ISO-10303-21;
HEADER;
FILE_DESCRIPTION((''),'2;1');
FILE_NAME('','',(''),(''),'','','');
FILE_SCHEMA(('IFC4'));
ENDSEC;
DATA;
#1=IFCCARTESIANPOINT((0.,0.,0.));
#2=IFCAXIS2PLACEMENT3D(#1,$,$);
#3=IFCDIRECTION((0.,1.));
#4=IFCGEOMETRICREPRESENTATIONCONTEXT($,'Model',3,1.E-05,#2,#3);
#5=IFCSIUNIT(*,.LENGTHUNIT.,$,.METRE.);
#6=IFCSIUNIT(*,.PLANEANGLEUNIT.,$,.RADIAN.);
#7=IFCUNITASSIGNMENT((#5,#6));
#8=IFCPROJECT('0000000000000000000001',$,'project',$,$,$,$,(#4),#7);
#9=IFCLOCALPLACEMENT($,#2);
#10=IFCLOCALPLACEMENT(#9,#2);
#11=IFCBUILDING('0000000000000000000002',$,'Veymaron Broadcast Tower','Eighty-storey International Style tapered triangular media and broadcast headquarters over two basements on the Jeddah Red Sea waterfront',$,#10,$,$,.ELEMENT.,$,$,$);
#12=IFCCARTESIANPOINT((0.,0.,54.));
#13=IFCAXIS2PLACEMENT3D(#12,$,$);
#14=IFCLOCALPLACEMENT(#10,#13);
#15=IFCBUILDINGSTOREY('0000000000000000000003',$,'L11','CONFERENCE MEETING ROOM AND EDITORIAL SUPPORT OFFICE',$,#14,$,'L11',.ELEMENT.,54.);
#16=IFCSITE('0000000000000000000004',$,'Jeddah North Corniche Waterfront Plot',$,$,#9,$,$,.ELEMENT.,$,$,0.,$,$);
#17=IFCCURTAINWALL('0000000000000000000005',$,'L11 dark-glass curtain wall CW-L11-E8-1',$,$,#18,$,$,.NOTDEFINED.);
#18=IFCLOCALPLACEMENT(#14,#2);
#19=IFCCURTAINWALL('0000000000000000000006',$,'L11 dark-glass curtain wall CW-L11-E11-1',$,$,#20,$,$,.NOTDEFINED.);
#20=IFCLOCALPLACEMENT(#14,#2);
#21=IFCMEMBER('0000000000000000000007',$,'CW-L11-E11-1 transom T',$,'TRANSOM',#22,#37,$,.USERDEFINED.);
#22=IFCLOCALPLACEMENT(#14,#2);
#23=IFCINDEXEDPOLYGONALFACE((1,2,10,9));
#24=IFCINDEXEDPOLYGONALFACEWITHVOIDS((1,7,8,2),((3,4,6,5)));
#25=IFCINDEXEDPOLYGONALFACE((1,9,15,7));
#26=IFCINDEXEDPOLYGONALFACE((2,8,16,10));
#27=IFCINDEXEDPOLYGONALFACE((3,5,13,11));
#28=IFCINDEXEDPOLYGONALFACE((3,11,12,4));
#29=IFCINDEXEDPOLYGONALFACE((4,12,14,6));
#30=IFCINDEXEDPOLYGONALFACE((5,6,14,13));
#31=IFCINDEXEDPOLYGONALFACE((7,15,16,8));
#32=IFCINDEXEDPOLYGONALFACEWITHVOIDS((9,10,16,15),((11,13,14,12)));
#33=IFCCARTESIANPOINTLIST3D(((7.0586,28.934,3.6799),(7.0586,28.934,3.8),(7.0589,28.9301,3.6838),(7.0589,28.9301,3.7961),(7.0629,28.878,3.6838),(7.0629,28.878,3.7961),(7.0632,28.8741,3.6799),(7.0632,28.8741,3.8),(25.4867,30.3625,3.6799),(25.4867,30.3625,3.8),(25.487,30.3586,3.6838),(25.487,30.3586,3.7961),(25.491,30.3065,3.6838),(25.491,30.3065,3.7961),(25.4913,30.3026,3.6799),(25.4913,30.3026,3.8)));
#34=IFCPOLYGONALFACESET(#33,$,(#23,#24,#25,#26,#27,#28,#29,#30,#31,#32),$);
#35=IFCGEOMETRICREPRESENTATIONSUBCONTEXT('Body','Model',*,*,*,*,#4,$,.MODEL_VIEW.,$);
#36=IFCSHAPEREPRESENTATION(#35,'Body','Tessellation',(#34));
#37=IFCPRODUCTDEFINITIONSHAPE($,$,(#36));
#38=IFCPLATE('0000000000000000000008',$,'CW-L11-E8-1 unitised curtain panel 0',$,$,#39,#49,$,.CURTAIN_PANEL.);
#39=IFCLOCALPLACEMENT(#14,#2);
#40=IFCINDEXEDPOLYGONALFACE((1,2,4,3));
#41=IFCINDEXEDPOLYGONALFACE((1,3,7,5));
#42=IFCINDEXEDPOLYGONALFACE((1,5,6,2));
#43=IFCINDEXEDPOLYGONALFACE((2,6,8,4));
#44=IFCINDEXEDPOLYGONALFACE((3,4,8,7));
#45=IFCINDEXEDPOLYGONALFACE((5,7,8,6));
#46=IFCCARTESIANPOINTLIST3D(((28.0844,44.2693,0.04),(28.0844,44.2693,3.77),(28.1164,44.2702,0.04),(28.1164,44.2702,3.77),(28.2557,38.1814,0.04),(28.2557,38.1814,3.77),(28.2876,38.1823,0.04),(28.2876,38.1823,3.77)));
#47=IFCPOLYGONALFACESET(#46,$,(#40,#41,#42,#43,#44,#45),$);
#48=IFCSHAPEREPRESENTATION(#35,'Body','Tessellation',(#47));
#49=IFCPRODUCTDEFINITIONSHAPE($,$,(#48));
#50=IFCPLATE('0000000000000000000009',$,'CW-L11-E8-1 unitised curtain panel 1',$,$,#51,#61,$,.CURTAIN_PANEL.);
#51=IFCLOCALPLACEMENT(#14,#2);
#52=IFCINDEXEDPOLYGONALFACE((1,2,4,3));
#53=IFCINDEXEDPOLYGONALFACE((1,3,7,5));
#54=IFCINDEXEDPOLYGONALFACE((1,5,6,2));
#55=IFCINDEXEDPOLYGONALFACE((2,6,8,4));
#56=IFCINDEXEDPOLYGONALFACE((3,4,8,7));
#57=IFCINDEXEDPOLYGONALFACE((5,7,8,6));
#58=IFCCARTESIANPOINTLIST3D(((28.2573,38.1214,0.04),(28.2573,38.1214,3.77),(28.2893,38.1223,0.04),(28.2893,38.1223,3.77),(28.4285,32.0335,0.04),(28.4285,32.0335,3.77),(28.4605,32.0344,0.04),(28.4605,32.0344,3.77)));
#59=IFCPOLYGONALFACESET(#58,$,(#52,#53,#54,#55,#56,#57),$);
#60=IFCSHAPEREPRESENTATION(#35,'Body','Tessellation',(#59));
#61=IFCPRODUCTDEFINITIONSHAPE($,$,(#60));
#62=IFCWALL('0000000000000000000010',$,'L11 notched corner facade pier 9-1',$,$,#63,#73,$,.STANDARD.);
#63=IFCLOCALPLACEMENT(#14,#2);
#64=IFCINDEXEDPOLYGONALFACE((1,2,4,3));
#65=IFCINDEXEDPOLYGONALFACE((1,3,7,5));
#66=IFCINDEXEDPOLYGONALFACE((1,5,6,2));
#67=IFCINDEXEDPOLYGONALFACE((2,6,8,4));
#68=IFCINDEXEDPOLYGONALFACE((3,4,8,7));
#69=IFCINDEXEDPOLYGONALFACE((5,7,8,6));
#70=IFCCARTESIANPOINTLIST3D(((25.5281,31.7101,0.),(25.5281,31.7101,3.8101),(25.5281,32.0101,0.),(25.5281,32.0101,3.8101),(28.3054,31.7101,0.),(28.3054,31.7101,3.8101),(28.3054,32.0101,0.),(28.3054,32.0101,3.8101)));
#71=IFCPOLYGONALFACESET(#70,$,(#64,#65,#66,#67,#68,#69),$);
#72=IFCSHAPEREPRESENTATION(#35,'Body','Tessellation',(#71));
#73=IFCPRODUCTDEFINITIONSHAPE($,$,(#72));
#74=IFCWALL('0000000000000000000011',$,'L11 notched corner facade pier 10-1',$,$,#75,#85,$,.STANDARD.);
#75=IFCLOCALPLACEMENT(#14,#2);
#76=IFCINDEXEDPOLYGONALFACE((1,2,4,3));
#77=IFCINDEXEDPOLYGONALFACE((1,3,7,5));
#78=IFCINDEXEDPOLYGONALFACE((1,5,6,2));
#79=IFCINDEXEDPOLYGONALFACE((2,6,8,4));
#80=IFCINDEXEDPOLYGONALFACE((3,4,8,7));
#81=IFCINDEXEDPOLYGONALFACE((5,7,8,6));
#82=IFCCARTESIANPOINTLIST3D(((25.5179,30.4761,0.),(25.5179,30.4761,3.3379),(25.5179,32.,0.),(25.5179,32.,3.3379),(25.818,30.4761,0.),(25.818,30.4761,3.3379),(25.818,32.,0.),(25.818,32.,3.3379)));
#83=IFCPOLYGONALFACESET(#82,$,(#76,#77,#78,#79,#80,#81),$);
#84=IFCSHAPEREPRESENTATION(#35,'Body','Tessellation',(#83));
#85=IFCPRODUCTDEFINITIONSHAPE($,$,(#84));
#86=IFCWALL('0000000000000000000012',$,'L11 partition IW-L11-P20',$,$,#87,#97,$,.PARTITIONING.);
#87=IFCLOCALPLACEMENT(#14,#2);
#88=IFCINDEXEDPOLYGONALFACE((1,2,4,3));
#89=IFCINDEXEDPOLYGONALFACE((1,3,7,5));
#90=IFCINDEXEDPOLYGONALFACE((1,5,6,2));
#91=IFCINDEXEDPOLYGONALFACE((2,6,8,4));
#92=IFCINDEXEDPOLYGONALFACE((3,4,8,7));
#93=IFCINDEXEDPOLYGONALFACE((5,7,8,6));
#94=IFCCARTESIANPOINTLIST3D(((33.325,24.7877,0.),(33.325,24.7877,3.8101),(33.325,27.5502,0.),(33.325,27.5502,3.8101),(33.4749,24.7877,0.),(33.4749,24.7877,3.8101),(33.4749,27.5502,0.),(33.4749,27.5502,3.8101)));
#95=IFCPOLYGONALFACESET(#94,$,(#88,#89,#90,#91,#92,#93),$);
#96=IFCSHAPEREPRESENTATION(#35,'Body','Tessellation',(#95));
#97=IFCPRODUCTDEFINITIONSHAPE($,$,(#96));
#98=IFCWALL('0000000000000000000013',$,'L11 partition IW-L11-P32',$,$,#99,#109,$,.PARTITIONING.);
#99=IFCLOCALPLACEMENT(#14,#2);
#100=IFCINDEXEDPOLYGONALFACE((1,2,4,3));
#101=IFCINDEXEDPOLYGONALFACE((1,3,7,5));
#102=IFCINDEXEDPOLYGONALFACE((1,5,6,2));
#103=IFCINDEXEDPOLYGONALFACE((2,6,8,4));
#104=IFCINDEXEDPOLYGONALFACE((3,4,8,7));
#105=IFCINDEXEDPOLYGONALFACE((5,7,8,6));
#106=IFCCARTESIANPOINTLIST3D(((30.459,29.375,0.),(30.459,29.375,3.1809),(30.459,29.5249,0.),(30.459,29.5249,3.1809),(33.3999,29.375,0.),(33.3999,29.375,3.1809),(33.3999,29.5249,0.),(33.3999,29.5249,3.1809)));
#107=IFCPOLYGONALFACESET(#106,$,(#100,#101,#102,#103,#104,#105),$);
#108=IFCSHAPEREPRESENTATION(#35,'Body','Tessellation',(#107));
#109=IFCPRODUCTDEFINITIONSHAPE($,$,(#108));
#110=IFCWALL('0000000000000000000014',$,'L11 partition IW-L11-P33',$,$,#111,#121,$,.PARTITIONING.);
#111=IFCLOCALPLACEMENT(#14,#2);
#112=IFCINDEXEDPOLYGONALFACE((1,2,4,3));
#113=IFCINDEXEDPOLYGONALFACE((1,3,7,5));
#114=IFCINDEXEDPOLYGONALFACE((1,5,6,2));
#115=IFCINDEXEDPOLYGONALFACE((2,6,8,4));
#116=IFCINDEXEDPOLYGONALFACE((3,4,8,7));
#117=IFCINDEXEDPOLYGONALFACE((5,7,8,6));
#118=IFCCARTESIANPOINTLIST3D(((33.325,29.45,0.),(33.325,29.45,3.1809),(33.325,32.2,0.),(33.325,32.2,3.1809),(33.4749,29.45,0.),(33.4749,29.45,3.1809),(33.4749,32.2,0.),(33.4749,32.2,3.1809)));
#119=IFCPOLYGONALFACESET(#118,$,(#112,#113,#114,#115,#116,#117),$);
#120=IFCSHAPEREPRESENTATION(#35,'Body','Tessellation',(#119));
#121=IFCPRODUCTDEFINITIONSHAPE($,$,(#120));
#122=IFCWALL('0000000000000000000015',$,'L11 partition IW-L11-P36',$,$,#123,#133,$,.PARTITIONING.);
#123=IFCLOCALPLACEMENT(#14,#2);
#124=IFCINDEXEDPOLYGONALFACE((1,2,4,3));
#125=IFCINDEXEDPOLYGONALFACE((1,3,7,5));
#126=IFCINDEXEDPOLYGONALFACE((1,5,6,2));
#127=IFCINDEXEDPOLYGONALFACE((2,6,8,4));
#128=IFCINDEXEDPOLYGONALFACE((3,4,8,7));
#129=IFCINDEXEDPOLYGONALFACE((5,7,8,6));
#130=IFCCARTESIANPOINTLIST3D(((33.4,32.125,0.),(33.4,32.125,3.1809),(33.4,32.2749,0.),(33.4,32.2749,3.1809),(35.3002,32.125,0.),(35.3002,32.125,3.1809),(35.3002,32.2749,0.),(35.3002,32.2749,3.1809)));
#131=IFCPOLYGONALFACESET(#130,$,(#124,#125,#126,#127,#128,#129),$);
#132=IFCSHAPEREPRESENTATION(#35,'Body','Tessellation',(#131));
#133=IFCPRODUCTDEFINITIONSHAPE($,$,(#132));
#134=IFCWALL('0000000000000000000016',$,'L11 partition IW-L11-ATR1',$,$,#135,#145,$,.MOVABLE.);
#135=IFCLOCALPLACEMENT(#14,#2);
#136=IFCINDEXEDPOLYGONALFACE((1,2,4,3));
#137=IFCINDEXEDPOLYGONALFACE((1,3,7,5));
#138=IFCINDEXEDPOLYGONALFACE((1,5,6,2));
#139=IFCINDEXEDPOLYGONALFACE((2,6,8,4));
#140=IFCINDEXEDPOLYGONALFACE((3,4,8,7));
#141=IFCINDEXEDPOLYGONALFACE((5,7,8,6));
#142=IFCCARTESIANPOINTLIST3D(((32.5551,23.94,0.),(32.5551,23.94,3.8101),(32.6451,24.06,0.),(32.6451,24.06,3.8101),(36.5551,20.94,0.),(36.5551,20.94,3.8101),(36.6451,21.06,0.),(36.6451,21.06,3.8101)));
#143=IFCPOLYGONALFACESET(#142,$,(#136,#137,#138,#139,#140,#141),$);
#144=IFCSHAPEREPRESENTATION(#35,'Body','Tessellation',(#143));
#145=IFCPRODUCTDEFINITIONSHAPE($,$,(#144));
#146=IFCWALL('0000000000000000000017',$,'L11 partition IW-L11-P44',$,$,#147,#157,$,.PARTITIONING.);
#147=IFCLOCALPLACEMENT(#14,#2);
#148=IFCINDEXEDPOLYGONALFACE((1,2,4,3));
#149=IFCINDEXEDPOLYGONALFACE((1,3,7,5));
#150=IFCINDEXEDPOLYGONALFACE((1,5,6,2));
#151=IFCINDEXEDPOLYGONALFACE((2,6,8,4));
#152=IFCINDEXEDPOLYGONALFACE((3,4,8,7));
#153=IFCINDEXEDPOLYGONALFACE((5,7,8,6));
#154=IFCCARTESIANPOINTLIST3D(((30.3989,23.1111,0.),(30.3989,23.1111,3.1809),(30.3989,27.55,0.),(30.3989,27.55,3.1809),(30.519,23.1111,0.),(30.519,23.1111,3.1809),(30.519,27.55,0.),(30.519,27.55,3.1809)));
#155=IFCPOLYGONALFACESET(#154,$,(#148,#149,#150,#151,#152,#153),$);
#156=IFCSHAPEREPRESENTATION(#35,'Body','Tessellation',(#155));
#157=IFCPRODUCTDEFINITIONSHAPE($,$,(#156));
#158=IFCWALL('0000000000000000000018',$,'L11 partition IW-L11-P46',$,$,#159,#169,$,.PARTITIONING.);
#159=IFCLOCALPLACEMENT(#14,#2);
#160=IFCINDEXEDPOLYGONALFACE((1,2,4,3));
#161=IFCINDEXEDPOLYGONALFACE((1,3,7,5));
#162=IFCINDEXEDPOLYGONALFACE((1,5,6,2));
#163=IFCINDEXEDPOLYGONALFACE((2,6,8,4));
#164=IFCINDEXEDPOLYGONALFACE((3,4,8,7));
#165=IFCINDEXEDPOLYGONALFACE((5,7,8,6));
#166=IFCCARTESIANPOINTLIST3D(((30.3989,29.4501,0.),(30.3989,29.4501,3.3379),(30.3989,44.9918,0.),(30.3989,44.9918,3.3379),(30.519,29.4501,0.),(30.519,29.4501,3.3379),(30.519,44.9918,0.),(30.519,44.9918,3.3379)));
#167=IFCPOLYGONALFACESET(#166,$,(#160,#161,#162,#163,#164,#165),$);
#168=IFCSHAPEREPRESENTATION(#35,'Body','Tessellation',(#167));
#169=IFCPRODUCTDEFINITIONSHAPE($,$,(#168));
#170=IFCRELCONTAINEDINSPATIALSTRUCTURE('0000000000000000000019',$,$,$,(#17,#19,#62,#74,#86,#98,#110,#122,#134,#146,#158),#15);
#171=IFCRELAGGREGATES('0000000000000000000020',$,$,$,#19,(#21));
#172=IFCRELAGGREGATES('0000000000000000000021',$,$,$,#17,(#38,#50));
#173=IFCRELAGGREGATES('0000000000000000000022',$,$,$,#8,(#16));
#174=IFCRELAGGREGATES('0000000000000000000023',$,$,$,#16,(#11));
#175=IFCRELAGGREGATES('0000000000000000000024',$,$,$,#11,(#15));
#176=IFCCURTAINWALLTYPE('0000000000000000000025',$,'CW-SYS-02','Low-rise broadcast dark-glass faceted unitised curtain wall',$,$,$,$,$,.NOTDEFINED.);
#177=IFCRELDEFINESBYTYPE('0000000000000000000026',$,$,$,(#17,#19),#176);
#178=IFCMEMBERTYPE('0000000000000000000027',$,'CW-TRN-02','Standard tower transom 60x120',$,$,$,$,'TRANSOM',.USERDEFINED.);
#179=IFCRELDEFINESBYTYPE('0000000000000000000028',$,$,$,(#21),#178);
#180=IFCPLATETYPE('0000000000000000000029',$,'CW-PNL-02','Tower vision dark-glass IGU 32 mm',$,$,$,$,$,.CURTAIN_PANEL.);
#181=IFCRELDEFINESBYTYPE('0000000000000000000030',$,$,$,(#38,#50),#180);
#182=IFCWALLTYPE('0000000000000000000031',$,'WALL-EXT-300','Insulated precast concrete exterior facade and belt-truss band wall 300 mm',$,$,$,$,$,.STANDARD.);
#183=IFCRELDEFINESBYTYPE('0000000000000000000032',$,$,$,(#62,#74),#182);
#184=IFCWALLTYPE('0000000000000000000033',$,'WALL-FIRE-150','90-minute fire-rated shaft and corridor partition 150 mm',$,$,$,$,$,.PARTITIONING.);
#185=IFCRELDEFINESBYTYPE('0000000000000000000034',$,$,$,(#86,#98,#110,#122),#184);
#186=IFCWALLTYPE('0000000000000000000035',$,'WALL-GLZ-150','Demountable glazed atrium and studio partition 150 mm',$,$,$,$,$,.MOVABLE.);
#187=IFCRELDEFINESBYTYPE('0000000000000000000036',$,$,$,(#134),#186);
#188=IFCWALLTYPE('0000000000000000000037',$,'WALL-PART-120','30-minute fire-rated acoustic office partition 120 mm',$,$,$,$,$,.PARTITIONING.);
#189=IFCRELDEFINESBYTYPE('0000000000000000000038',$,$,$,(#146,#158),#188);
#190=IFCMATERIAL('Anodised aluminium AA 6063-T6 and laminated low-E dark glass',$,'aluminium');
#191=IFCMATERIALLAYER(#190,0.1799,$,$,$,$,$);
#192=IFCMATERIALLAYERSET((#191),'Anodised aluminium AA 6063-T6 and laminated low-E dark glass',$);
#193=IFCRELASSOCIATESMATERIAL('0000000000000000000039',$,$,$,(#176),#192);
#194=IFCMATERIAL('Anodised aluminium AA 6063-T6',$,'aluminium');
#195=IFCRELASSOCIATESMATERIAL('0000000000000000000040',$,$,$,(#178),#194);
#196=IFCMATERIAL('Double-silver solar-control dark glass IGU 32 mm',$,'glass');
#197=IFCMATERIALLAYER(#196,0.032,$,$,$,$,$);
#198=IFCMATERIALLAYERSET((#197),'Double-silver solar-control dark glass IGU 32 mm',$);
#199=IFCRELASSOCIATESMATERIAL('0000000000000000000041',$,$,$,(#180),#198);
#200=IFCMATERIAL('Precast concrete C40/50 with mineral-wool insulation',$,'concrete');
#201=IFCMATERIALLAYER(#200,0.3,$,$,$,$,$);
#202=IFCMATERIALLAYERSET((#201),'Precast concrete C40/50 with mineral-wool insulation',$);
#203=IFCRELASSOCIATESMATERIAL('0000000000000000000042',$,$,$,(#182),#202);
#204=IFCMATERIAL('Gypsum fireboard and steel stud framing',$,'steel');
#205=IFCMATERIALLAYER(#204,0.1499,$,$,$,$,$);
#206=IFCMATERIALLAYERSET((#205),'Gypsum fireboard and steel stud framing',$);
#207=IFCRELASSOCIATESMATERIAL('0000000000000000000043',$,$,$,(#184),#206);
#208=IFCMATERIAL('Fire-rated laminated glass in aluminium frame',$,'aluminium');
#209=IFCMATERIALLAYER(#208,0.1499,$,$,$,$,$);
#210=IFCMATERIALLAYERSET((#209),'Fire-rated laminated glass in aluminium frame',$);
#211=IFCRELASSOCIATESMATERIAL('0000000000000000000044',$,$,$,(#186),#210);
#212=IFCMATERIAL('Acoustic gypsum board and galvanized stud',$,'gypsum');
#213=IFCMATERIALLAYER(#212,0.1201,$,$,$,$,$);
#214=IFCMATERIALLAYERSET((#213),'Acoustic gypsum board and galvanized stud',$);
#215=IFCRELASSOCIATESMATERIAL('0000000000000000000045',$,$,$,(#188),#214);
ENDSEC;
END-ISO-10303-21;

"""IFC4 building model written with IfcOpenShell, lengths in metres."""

from ifc_helpers import new_model, si_unit, direction, frame, frame_2d, origin, origin_2d, place, context, subcontext, project, spatial, rectangle, hollow_rectangle, extrude, material, layer, layer_set, material_profile, profile_set, type_object, element, aggregate, save


model = new_model("IFC4")

# Units and contexts
model_context = context("Model", 3, precision=1e-05, world=origin(), true_north=direction((0.0, 1.0)))
body_context = subcontext(model_context, "Body", "Model", "MODEL_VIEW")
ifc_project = project(units=[si_unit("LENGTHUNIT", "METRE"), si_unit("PLANEANGLEUNIT", "RADIAN")], contexts=[model_context])

# Site, building, storey
site_placement = place(None, origin())
site = spatial("IfcSite", under=ifc_project, at=site_placement, Name="Jeddah North Corniche Waterfront Plot", CompositionType="ELEMENT", RefElevation=0.0)
building_placement = place(site_placement, origin())
building = spatial("IfcBuilding", under=site, at=building_placement, Name="Veymaron Broadcast Tower", Description="Eighty-storey International Style tapered triangular media and broadcast headquarters over two basements on the Jeddah Red Sea waterfront", CompositionType="ELEMENT")
storey_placement = place(building_placement, frame((0.0, 0.0, 54.0)))
storey = spatial("IfcBuildingStorey", under=building, at=storey_placement, Name="L11", Description="CONFERENCE MEETING ROOM AND EDITORIAL SUPPORT OFFICE", LongName="L11", CompositionType="ELEMENT", Elevation=54.0)

# Curtain wall
ifc_material_1 = material(Name="Anodised aluminium AA 6063-T6 and laminated low-E dark glass", Category="aluminium")
ifc_layer_1 = layer(ifc_material_1, 0.1799)
ifc_layer_set_1 = layer_set([ifc_layer_1], Name="Anodised aluminium AA 6063-T6 and laminated low-E dark glass")
curtain_wall_type = type_object("IfcCurtainWallType", Name="CW-SYS-02", Description="Low-rise broadcast dark-glass faceted unitised curtain wall", PredefinedType="NOTDEFINED", material=ifc_layer_set_1)
curtain_wall_1_placement = place(storey_placement, origin())
curtain_wall_1 = element("IfcCurtainWall", 1, at=curtain_wall_1_placement, inside=storey, type_object=curtain_wall_type, Name="L11 dark-glass curtain wall CW-L11-E8-1", PredefinedType="NOTDEFINED")
ifc_material_2 = material(Name="Anodised aluminium AA 6063-T6", Category="aluminium")

# Curtain wall
curtain_wall_2_placement = place(storey_placement, origin())
curtain_wall_2 = element("IfcCurtainWall", 2, at=curtain_wall_2_placement, inside=storey, type_object=curtain_wall_type, Name="L11 dark-glass curtain wall CW-L11-E11-1", PredefinedType="NOTDEFINED")

# Member
ifc_material_profile_1 = material_profile(ifc_material_2, hollow_rectangle(XDim=0.0601, YDim=0.1201, WallThickness=0.0039, at=origin_2d()), Name="AL120X60X4")
ifc_profile_set_1 = profile_set([ifc_material_profile_1], Name="Anodised aluminium AA 6063-T6")
member_type_1 = type_object("IfcMemberType", Name="CW-TRN-02", Description="Standard tower transom 60x120", ElementType="TRANSOM", PredefinedType="USERDEFINED", material=ifc_profile_set_1)
member_1_placement = place(storey_placement, frame((25.489, 30.3325, 3.74), z_axis=(-0.997009, -0.077283, 0.0), x_axis=(0.077283, -0.997009, 0.0)))
member_1 = element("IfcMember", 3, at=member_1_placement, type_object=member_type_1, Name="CW-L11-E11-1 transom T", ObjectType="TRANSOM", PredefinedType="USERDEFINED", context=body_context, shape_type="SweptSolid", body=[
    extrude(hollow_rectangle(XDim=0.0601, YDim=0.1201, WallThickness=0.0039, at=origin_2d()), origin(), (0.0, 0.0, 1.0), 18.4834),
])
aggregate(curtain_wall_2, [member_1])

# Plates
ifc_material_3 = material(Name="Double-silver solar-control dark glass IGU 32 mm", Category="glass")
ifc_layer_2 = layer(ifc_material_3, 0.032)
ifc_layer_set_2 = layer_set([ifc_layer_2], Name="Double-silver solar-control dark glass IGU 32 mm")
plate_type = type_object("IfcPlateType", Name="CW-PNL-02", Description="Tower vision dark-glass IGU 32 mm", PredefinedType="CURTAIN_PANEL", material=ifc_layer_set_2)
plate_1_placement = place(storey_placement, frame((28.186, 41.2258, 0.04), z_axis=(0.0, 0.0, 1.0), x_axis=(0.028114, -0.999605, 0.0)))
plate_1 = element("IfcPlate", 4, at=plate_1_placement, type_object=plate_type, Name="CW-L11-E8-1 unitised curtain panel 0", PredefinedType="CURTAIN_PANEL", context=body_context, shape_type="SweptSolid", body=[
    extrude(rectangle(XDim=6.0903, YDim=0.032, at=origin_2d()), origin(), (0.0, 0.0, 1.0), 3.73),
])
plate_2_placement = place(storey_placement, frame((28.3589, 35.0779, 0.04), z_axis=(0.0, 0.0, 1.0), x_axis=(0.028114, -0.999605, 0.0)))
plate_2 = element("IfcPlate", 5, at=plate_2_placement, type_object=plate_type, Name="CW-L11-E8-1 unitised curtain panel 1", PredefinedType="CURTAIN_PANEL", context=body_context, shape_type="SweptSolid", body=[
    extrude(rectangle(XDim=6.0903, YDim=0.032, at=origin_2d()), origin(), (0.0, 0.0, 1.0), 3.73),
])
aggregate(curtain_wall_1, [plate_1, plate_2])

# Walls
ifc_material_4 = material(Name="Precast concrete C40/50 with mineral-wool insulation", Category="concrete")
ifc_layer_3 = layer(ifc_material_4, 0.3)
ifc_layer_set_3 = layer_set([ifc_layer_3], Name="Precast concrete C40/50 with mineral-wool insulation")
wall_type_1 = type_object("IfcWallType", Name="WALL-EXT-300", Description="Insulated precast concrete exterior facade and belt-truss band wall 300 mm", PredefinedType="STANDARD", material=ifc_layer_set_3)
wall_1_placement = place(storey_placement, frame((28.3054, 31.8601, 0.0), z_axis=(0.0, 0.0, 1.0), x_axis=(-1.0, 0.0, 0.0)))
element("IfcWall", 6, at=wall_1_placement, inside=storey, type_object=wall_type_1, Name="L11 notched corner facade pier 9-1", PredefinedType="STANDARD", context=body_context, shape_type="SweptSolid", body=[
    extrude(rectangle(XDim=2.7773, YDim=0.3, at=frame_2d((1.3887, 0.0))), origin(), (0.0, 0.0, 1.0), 3.8101),
])
wall_2_placement = place(storey_placement, frame((25.668, 32.0, 0.0), z_axis=(0.0, 0.0, 1.0), x_axis=(0.0, -1.0, 0.0)))
element("IfcWall", 7, at=wall_2_placement, inside=storey, type_object=wall_type_1, Name="L11 notched corner facade pier 10-1", PredefinedType="STANDARD", context=body_context, shape_type="SweptSolid", body=[
    extrude(rectangle(XDim=1.5239, YDim=0.3, at=frame_2d((0.762, 0.0))), origin(), (0.0, 0.0, 1.0), 3.3379),
])

# Shared definitions
ifc_material_5 = material(Name="Gypsum fireboard and steel stud framing", Category="steel")
ifc_layer_4 = layer(ifc_material_5, 0.1499)
ifc_layer_set_4 = layer_set([ifc_layer_4], Name="Gypsum fireboard and steel stud framing")
wall_type_2 = type_object("IfcWallType", Name="WALL-FIRE-150", Description="90-minute fire-rated shaft and corridor partition 150 mm", PredefinedType="PARTITIONING", material=ifc_layer_set_4)

# Walls
wall_3_placement = place(storey_placement, frame((33.3999, 24.7876, 0.0), z_axis=(0.0, 0.0, 1.0), x_axis=(0.0, 1.0, 0.0)))
element("IfcWall", 8, at=wall_3_placement, inside=storey, type_object=wall_type_2, Name="L11 partition IW-L11-P20", PredefinedType="PARTITIONING", context=body_context, shape_type="SweptSolid", body=[
    extrude(rectangle(XDim=2.7625, YDim=0.1499, at=frame_2d((1.3813, 0.0))), origin(), (0.0, 0.0, 1.0), 3.8101),
])
wall_4_placement = place(storey_placement, frame((30.459, 29.45, 0.0), z_axis=(0.0, 0.0, 1.0), x_axis=(1.0, 0.0, 0.0)))
element("IfcWall", 9, at=wall_4_placement, inside=storey, type_object=wall_type_2, Name="L11 partition IW-L11-P32", PredefinedType="PARTITIONING", context=body_context, shape_type="SweptSolid", body=[
    extrude(rectangle(XDim=2.9409, YDim=0.1499, at=frame_2d((1.4705, 0.0))), origin(), (0.0, 0.0, 1.0), 3.1809),
])
wall_5_placement = place(storey_placement, frame((33.3999, 29.45, 0.0), z_axis=(0.0, 0.0, 1.0), x_axis=(0.0, 1.0, 0.0)))
element("IfcWall", 10, at=wall_5_placement, inside=storey, type_object=wall_type_2, Name="L11 partition IW-L11-P33", PredefinedType="PARTITIONING", context=body_context, shape_type="SweptSolid", body=[
    extrude(rectangle(XDim=2.75, YDim=0.1499, at=frame_2d((1.375, 0.0))), origin(), (0.0, 0.0, 1.0), 3.1809),
])
wall_6_placement = place(storey_placement, frame((33.3999, 32.2, 0.0), z_axis=(0.0, 0.0, 1.0), x_axis=(1.0, 0.0, 0.0)))
element("IfcWall", 11, at=wall_6_placement, inside=storey, type_object=wall_type_2, Name="L11 partition IW-L11-P36", PredefinedType="PARTITIONING", context=body_context, shape_type="SweptSolid", body=[
    extrude(rectangle(XDim=1.9001, YDim=0.1499, at=frame_2d((0.9502, 0.0))), origin(), (0.0, 0.0, 1.0), 3.1809),
])
ifc_material_6 = material(Name="Fire-rated laminated glass in aluminium frame", Category="aluminium")
ifc_layer_5 = layer(ifc_material_6, 0.1499)
ifc_layer_set_5 = layer_set([ifc_layer_5], Name="Fire-rated laminated glass in aluminium frame")
wall_type_3 = type_object("IfcWallType", Name="WALL-GLZ-150", Description="Demountable glazed atrium and studio partition 150 mm", PredefinedType="MOVABLE", material=ifc_layer_set_5)
wall_7_placement = place(storey_placement, frame((32.6001, 24.0, 0.0), z_axis=(0.0, 0.0, 1.0), x_axis=(0.8, -0.6, 0.0)))
element("IfcWall", 12, at=wall_7_placement, inside=storey, type_object=wall_type_3, Name="L11 partition IW-L11-ATR1", PredefinedType="MOVABLE", context=body_context, shape_type="SweptSolid", body=[
    extrude(rectangle(XDim=5.0, YDim=0.1499, at=frame_2d((2.5, 0.0))), origin(), (0.0, 0.0, 1.0), 3.8101),
])
ifc_material_7 = material(Name="Acoustic gypsum board and galvanized stud", Category="gypsum")
ifc_layer_6 = layer(ifc_material_7, 0.1201)
ifc_layer_set_6 = layer_set([ifc_layer_6], Name="Acoustic gypsum board and galvanized stud")
wall_type_4 = type_object("IfcWallType", Name="WALL-PART-120", Description="30-minute fire-rated acoustic office partition 120 mm", PredefinedType="PARTITIONING", material=ifc_layer_set_6)
wall_8_placement = place(storey_placement, frame((30.459, 23.1111, 0.0), z_axis=(0.0, 0.0, 1.0), x_axis=(0.0, 1.0, 0.0)))
element("IfcWall", 13, at=wall_8_placement, inside=storey, type_object=wall_type_4, Name="L11 partition IW-L11-P44", PredefinedType="PARTITIONING", context=body_context, shape_type="SweptSolid", body=[
    extrude(rectangle(XDim=4.439, YDim=0.1201, at=frame_2d((2.2195, 0.0))), origin(), (0.0, 0.0, 1.0), 3.1809),
])
wall_9_placement = place(storey_placement, frame((30.459, 29.45, 0.0), z_axis=(0.0, 0.0, 1.0), x_axis=(0.0, 1.0, 0.0)))
element("IfcWall", 14, at=wall_9_placement, inside=storey, type_object=wall_type_4, Name="L11 partition IW-L11-P46", PredefinedType="PARTITIONING", context=body_context, shape_type="SweptSolid", body=[
    extrude(rectangle(XDim=15.5417, YDim=0.1201, at=frame_2d((7.771, 0.0))), origin(), (0.0, 0.0, 1.0), 3.3379),
])

save(model, "model.ifc")
